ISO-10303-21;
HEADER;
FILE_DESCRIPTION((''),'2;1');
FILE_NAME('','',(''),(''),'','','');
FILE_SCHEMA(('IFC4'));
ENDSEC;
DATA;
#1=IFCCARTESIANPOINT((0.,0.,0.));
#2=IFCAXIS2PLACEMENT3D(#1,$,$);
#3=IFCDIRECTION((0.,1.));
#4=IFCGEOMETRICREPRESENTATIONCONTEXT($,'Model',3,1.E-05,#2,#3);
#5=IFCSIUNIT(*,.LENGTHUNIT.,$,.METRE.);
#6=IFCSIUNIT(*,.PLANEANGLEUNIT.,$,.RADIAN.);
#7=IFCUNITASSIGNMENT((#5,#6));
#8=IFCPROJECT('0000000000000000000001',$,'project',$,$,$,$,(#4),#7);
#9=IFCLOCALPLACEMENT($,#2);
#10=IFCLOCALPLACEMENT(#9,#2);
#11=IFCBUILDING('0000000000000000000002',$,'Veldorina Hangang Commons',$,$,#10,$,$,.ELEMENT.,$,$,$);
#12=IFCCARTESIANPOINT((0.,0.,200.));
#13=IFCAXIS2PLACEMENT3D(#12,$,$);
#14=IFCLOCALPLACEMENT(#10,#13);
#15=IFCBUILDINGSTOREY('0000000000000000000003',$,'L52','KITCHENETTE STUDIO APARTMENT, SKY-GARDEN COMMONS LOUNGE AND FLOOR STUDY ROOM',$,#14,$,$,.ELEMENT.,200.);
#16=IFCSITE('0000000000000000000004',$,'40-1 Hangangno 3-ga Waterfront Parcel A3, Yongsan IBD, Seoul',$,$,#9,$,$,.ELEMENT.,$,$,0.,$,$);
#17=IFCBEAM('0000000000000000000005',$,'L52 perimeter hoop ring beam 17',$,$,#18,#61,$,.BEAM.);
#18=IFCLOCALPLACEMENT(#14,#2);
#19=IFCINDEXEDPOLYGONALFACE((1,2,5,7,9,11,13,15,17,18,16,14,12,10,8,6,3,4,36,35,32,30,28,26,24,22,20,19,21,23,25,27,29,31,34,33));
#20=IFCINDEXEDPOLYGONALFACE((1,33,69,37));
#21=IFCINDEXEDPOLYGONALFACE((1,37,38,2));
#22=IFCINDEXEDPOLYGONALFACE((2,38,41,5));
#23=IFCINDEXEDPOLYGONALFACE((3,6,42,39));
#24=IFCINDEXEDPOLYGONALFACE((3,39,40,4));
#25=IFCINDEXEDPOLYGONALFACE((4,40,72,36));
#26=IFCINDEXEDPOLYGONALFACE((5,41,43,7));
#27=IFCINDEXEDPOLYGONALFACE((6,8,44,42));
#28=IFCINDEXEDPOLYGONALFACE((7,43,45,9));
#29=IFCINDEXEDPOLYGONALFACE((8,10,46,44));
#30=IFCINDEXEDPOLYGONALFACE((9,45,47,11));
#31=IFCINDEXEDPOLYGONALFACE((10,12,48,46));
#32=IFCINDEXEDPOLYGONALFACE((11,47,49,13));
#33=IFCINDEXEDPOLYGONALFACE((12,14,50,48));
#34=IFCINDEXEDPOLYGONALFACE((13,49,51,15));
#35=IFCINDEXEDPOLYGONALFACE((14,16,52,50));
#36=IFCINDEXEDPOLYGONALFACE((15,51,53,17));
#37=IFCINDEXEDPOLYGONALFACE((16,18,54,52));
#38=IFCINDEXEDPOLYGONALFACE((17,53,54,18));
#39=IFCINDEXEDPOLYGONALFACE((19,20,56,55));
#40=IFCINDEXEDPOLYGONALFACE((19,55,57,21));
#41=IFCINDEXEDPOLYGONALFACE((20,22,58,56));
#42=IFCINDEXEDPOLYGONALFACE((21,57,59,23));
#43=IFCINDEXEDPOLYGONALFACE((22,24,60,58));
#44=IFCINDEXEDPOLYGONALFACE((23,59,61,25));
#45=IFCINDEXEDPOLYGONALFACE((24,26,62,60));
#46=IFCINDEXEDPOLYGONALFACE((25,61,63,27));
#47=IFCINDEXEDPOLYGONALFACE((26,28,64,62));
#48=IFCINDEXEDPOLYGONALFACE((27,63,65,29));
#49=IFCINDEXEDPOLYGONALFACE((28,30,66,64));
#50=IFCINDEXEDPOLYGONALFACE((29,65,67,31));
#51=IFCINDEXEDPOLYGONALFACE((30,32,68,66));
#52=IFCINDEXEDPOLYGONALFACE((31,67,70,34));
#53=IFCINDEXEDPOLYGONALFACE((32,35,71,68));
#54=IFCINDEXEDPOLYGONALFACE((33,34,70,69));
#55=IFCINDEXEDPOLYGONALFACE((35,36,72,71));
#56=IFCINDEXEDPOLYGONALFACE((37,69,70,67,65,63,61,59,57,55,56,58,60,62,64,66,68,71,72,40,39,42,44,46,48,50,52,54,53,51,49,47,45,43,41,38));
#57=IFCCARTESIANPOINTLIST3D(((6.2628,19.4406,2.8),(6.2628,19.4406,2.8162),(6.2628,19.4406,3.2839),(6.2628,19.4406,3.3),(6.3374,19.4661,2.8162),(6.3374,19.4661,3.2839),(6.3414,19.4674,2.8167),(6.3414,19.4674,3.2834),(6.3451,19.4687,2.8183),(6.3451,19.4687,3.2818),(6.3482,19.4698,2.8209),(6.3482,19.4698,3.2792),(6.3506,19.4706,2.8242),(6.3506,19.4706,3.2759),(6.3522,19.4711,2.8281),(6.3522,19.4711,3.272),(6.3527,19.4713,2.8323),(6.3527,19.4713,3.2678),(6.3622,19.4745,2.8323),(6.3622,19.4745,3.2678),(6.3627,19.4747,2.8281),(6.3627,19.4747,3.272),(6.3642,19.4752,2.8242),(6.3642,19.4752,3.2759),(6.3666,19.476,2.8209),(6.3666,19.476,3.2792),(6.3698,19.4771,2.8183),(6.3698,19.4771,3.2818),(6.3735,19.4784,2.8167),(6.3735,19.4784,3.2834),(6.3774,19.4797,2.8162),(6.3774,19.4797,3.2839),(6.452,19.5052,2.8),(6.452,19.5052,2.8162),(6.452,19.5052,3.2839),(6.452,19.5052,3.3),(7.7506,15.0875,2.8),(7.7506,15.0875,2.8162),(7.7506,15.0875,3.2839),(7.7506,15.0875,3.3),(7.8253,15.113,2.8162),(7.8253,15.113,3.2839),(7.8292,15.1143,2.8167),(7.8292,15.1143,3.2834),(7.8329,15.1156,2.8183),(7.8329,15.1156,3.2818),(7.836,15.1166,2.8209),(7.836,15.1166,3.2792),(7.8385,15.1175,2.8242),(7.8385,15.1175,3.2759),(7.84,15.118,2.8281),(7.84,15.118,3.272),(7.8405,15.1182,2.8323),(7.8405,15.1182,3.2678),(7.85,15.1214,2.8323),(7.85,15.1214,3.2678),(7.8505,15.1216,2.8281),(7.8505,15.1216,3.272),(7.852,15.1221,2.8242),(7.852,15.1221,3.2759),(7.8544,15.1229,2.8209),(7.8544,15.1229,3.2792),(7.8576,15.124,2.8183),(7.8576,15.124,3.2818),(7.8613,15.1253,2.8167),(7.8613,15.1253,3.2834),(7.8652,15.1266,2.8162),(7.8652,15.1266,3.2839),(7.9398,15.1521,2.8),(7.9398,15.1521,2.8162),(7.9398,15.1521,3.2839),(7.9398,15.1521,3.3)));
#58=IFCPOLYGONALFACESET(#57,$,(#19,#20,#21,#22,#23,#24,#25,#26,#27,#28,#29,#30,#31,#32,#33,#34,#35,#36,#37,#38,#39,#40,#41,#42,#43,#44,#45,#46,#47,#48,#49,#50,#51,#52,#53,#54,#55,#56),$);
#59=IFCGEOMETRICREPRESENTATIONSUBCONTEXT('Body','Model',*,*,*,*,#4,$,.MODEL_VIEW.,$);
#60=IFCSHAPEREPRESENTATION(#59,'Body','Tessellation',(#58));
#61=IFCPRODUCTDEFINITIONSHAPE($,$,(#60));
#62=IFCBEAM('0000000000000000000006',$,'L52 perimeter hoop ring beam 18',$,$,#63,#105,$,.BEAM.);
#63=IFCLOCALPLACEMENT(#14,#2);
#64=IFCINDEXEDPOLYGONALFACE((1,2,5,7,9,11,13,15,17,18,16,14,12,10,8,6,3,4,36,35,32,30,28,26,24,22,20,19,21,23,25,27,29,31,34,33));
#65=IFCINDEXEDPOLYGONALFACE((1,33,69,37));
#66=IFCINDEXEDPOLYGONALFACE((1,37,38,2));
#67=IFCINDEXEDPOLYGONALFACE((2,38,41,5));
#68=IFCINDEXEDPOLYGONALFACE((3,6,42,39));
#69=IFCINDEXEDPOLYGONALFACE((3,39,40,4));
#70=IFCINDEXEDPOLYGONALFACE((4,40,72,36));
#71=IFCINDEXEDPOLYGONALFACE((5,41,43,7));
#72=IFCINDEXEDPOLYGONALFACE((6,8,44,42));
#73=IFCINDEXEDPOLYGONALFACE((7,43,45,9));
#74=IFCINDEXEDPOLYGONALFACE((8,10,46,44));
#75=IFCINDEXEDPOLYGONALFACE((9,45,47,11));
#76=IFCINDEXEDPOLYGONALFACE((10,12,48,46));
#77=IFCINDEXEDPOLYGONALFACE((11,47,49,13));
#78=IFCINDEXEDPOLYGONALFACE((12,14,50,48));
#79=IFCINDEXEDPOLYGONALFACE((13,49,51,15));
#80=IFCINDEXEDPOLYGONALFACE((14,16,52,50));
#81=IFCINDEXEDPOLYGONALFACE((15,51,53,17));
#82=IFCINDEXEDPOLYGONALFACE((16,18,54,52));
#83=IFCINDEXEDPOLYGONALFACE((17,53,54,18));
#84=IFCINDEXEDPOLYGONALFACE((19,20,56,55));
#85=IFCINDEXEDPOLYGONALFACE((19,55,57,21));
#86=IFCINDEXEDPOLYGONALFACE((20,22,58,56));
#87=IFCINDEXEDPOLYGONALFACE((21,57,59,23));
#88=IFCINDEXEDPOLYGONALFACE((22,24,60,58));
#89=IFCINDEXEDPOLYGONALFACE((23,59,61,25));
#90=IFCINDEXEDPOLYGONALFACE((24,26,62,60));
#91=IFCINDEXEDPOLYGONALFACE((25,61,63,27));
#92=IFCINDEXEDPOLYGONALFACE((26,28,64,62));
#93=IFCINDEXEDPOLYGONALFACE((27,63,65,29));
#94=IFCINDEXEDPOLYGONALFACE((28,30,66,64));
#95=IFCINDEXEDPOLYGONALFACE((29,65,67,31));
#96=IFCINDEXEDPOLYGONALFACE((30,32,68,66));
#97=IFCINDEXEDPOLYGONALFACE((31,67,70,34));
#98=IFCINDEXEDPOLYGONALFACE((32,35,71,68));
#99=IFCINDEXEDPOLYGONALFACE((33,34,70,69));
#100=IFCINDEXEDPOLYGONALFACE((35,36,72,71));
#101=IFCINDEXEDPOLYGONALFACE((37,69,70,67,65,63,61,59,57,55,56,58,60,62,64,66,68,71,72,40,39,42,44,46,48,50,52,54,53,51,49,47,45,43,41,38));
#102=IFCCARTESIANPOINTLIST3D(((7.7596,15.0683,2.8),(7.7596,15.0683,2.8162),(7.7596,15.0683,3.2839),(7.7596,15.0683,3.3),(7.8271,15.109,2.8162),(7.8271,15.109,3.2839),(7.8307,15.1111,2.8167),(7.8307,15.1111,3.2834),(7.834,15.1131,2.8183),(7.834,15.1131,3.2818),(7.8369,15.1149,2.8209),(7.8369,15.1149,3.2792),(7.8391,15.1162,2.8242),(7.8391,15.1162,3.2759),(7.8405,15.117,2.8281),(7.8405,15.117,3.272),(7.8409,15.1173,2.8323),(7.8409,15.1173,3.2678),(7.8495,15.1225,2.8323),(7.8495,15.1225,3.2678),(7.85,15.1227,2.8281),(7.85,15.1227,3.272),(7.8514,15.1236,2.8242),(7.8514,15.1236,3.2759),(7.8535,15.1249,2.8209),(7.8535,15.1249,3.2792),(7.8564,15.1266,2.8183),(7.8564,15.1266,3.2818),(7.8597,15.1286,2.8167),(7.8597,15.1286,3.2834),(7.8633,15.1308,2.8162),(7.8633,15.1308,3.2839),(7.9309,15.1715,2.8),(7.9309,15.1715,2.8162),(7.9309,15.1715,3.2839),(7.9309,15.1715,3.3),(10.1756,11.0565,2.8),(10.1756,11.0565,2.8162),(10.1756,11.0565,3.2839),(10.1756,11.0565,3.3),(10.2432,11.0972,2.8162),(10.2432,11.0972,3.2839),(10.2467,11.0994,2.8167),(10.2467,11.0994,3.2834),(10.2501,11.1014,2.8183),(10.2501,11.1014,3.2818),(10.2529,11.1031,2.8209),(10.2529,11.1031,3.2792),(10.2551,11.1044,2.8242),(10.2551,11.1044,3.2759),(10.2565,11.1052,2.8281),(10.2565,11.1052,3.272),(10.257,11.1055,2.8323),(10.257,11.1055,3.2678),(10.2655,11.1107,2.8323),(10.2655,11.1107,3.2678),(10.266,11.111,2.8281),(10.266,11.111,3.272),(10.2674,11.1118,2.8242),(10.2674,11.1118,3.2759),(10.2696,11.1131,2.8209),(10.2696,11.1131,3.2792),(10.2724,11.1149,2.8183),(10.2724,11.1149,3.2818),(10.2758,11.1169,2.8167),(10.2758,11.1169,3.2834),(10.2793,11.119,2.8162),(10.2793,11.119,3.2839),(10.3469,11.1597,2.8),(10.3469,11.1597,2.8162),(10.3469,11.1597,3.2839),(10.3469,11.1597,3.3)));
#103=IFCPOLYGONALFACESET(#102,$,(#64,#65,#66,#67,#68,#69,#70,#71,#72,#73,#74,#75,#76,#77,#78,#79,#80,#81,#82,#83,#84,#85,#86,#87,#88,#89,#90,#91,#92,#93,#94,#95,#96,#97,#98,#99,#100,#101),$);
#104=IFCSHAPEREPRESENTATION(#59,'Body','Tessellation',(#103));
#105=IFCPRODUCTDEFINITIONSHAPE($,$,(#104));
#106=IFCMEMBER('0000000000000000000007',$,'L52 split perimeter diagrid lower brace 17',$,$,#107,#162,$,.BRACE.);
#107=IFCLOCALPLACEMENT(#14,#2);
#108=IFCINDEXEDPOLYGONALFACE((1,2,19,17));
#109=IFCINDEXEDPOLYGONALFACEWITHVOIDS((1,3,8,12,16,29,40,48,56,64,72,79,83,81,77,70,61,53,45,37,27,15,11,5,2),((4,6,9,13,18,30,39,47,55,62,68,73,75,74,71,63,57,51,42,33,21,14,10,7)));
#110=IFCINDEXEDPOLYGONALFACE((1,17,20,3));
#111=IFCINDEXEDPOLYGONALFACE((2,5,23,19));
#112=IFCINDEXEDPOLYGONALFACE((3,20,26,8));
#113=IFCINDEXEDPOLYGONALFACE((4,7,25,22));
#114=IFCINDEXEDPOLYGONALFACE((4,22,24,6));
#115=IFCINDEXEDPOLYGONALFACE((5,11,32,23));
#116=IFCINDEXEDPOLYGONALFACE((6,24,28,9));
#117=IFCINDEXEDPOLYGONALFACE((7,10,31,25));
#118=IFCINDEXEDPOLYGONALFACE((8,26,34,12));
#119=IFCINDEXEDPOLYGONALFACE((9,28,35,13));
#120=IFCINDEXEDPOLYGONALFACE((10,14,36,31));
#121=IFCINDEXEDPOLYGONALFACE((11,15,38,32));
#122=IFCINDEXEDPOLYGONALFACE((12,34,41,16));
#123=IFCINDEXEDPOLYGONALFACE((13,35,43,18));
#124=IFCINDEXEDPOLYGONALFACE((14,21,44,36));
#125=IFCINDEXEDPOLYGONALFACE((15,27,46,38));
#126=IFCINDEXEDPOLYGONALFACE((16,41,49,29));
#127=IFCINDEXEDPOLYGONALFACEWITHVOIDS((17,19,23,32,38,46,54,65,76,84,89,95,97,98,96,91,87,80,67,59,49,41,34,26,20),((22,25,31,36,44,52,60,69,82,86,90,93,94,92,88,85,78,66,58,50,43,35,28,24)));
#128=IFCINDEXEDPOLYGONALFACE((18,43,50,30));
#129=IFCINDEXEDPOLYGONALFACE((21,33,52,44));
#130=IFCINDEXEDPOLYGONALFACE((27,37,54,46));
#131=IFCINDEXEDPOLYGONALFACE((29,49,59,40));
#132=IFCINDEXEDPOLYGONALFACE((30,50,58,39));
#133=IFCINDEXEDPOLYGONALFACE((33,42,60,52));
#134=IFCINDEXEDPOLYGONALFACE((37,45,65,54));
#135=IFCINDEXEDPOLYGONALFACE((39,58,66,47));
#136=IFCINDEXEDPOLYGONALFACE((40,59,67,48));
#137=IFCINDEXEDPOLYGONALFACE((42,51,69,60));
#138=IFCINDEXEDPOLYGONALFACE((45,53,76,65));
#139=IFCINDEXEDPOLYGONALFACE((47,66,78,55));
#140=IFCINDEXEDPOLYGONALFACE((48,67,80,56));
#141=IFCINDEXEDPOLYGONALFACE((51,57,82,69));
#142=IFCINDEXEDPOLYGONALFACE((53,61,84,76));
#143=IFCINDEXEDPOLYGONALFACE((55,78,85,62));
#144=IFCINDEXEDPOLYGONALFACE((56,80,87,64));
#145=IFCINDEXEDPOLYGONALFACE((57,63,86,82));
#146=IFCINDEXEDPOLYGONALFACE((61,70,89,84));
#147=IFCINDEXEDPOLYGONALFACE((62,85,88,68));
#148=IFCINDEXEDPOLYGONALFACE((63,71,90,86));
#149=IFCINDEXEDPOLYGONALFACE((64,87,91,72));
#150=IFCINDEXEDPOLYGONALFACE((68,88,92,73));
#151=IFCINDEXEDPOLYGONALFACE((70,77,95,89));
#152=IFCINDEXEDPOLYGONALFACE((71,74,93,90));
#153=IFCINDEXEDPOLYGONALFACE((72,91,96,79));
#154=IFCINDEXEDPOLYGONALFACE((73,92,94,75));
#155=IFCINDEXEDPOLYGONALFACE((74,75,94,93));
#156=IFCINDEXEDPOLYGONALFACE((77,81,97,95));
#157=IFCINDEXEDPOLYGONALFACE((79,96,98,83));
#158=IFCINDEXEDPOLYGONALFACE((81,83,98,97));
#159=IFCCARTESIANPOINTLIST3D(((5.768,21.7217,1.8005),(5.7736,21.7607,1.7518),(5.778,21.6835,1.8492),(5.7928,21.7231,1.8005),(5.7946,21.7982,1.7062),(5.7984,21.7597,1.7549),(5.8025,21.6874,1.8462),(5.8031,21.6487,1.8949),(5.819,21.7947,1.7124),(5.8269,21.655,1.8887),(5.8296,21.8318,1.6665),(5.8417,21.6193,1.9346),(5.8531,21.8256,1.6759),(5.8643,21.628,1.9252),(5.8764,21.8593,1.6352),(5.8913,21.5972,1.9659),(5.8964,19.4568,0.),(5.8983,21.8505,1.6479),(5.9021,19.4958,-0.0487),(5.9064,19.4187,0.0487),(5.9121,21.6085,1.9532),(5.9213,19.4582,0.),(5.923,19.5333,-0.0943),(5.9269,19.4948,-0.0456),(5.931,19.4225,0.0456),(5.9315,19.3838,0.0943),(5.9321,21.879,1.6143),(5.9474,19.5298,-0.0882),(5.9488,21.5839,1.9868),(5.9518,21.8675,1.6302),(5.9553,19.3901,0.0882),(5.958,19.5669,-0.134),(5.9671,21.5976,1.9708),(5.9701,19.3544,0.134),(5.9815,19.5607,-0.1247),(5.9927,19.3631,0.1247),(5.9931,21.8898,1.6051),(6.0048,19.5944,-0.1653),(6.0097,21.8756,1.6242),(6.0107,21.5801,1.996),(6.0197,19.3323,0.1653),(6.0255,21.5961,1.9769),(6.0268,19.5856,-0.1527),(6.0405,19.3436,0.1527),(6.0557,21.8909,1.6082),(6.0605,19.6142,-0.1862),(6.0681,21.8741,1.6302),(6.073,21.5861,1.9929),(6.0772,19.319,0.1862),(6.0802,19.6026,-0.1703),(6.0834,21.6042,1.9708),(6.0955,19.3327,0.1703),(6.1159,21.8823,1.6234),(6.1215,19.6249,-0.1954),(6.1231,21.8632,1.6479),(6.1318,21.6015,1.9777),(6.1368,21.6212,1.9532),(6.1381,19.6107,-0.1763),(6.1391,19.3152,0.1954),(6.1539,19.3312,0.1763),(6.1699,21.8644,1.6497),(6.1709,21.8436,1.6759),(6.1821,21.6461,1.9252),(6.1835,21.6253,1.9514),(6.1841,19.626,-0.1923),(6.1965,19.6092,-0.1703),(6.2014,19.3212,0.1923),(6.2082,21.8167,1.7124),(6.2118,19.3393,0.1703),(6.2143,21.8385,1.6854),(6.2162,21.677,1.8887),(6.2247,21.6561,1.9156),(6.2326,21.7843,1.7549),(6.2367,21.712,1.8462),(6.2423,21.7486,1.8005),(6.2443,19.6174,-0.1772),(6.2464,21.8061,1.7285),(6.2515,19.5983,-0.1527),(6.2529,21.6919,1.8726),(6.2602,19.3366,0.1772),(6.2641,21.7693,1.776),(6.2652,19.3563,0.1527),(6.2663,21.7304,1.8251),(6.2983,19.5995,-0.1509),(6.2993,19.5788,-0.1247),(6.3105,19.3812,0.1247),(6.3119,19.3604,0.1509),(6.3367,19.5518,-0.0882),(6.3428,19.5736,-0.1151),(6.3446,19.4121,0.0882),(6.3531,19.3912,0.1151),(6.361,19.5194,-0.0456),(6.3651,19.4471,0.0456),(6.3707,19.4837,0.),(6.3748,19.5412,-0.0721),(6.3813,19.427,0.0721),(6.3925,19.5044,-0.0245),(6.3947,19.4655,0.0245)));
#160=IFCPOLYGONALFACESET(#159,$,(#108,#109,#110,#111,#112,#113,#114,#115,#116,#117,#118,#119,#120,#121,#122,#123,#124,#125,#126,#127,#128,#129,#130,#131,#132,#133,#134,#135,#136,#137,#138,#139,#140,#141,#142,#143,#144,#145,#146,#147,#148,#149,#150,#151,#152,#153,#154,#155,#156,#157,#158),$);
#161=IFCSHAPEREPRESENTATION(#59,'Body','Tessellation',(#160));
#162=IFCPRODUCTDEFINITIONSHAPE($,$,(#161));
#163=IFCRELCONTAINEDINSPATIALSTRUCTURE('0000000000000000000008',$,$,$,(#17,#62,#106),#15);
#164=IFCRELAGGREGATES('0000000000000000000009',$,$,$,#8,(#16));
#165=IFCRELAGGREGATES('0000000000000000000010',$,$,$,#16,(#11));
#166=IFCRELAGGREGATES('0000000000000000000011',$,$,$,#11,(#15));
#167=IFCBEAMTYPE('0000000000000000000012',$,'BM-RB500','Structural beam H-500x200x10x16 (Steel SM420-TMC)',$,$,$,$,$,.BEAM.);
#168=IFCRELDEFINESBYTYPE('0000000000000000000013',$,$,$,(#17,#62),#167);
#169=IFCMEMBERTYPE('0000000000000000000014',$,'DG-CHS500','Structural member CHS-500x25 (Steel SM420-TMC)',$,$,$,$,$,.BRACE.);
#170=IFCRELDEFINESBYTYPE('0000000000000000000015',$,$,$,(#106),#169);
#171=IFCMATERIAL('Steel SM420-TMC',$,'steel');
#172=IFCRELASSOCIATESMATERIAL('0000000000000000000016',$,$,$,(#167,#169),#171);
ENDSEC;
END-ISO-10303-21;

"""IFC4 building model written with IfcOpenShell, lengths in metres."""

from ifc_helpers import new_model, si_unit, direction, frame, origin, origin_2d, place, context, subcontext, project, spatial, hollow_circle, i_section, extrude, material, material_profile, profile_set, type_object, element, save


model = new_model("IFC4")

# Units and contexts
model_context = context("Model", 3, precision=1e-05, world=origin(), true_north=direction((0.0, 1.0)))
body_context = subcontext(model_context, "Body", "Model", "MODEL_VIEW")
ifc_project = project(units=[si_unit("LENGTHUNIT", "METRE"), si_unit("PLANEANGLEUNIT", "RADIAN")], contexts=[model_context])

# Site, building, storey
site_placement = place(None, origin())
site = spatial("IfcSite", under=ifc_project, at=site_placement, Name="40-1 Hangangno 3-ga Waterfront Parcel A3, Yongsan IBD, Seoul", CompositionType="ELEMENT", RefElevation=0.0)
building_placement = place(site_placement, origin())
building = spatial("IfcBuilding", under=site, at=building_placement, Name="Veldorina Hangang Commons", CompositionType="ELEMENT")
storey_placement = place(building_placement, frame((0.0, 0.0, 200.0)))
storey = spatial("IfcBuildingStorey", under=building, at=storey_placement, Name="L52", Description="KITCHENETTE STUDIO APARTMENT, SKY-GARDEN COMMONS LOUNGE AND FLOOR STUDY ROOM", CompositionType="ELEMENT", Elevation=200.0)

# Beams
ifc_material_1 = material(Name="Steel SM420-TMC", Category="steel")
ifc_material_profile_1 = material_profile(ifc_material_1, i_section(OverallWidth=0.2, OverallDepth=0.5, WebThickness=0.01, FlangeThickness=0.0161, FilletRadius=0.0161, at=origin_2d()), Name="H-500x200x10x16")
ifc_profile_set_1 = profile_set([ifc_material_profile_1], Name="Steel SM420-TMC")
beam_type = type_object("IfcBeamType", Name="BM-RB500", Description="Structural beam H-500x200x10x16 (Steel SM420-TMC)", PredefinedType="BEAM", material=ifc_profile_set_1)
beam_1_placement = place(storey_placement, frame((6.3574, 19.4729, 3.05), z_axis=(0.323415, -0.946257, 0.0), x_axis=(0.946257, 0.323415, 0.0)))
element("IfcBeam", 1, at=beam_1_placement, inside=storey, type_object=beam_type, Name="L52 perimeter hoop ring beam 17", PredefinedType="BEAM", context=body_context, shape_type="SweptSolid", body=[
    extrude(i_section(OverallWidth=0.2, OverallDepth=0.5, WebThickness=0.01, FlangeThickness=0.0161, FilletRadius=0.0161, at=origin_2d()), origin(), (0.0, 0.0, 1.0), 4.6003),
])
beam_2_placement = place(storey_placement, frame((7.8452, 15.1199, 3.05), z_axis=(0.515906, -0.856645, 0.0), x_axis=(0.856645, 0.515906, 0.0)))
element("IfcBeam", 2, at=beam_2_placement, inside=storey, type_object=beam_type, Name="L52 perimeter hoop ring beam 18", PredefinedType="BEAM", context=body_context, shape_type="SweptSolid", body=[
    extrude(i_section(OverallWidth=0.2, OverallDepth=0.5, WebThickness=0.01, FlangeThickness=0.0161, FilletRadius=0.0161, at=origin_2d()), origin(), (0.0, 0.0, 1.0), 4.6831),
])

# Member
ifc_material_profile_2 = material_profile(ifc_material_1, hollow_circle(Radius=0.25, WallThickness=0.0249, at=origin_2d()), Name="CHS-500x25")
ifc_profile_set_2 = profile_set([ifc_material_profile_2], Name="Steel SM420-TMC")
member_type_1 = type_object("IfcMemberType", Name="DG-CHS500", Description="Structural member CHS-500x25 (Steel SM420-TMC)", PredefinedType="BRACE", material=ifc_profile_set_2)
member_1_placement = place(storey_placement, frame((6.146, 19.4709, 0.0), z_axis=(-0.04434, 0.782013, 0.621682), x_axis=(-0.998396, -0.056608, 0.0)))
element("IfcMember", 3, at=member_1_placement, inside=storey, type_object=member_type_1, Name="L52 split perimeter diagrid lower brace 17", PredefinedType="BRACE", context=body_context, shape_type="SweptSolid", body=[
    extrude(hollow_circle(Radius=0.25, WallThickness=0.0249, at=origin_2d()), origin(), (0.0, 0.0, 1.0), 2.8962),
])

save(model, "model.ifc")
